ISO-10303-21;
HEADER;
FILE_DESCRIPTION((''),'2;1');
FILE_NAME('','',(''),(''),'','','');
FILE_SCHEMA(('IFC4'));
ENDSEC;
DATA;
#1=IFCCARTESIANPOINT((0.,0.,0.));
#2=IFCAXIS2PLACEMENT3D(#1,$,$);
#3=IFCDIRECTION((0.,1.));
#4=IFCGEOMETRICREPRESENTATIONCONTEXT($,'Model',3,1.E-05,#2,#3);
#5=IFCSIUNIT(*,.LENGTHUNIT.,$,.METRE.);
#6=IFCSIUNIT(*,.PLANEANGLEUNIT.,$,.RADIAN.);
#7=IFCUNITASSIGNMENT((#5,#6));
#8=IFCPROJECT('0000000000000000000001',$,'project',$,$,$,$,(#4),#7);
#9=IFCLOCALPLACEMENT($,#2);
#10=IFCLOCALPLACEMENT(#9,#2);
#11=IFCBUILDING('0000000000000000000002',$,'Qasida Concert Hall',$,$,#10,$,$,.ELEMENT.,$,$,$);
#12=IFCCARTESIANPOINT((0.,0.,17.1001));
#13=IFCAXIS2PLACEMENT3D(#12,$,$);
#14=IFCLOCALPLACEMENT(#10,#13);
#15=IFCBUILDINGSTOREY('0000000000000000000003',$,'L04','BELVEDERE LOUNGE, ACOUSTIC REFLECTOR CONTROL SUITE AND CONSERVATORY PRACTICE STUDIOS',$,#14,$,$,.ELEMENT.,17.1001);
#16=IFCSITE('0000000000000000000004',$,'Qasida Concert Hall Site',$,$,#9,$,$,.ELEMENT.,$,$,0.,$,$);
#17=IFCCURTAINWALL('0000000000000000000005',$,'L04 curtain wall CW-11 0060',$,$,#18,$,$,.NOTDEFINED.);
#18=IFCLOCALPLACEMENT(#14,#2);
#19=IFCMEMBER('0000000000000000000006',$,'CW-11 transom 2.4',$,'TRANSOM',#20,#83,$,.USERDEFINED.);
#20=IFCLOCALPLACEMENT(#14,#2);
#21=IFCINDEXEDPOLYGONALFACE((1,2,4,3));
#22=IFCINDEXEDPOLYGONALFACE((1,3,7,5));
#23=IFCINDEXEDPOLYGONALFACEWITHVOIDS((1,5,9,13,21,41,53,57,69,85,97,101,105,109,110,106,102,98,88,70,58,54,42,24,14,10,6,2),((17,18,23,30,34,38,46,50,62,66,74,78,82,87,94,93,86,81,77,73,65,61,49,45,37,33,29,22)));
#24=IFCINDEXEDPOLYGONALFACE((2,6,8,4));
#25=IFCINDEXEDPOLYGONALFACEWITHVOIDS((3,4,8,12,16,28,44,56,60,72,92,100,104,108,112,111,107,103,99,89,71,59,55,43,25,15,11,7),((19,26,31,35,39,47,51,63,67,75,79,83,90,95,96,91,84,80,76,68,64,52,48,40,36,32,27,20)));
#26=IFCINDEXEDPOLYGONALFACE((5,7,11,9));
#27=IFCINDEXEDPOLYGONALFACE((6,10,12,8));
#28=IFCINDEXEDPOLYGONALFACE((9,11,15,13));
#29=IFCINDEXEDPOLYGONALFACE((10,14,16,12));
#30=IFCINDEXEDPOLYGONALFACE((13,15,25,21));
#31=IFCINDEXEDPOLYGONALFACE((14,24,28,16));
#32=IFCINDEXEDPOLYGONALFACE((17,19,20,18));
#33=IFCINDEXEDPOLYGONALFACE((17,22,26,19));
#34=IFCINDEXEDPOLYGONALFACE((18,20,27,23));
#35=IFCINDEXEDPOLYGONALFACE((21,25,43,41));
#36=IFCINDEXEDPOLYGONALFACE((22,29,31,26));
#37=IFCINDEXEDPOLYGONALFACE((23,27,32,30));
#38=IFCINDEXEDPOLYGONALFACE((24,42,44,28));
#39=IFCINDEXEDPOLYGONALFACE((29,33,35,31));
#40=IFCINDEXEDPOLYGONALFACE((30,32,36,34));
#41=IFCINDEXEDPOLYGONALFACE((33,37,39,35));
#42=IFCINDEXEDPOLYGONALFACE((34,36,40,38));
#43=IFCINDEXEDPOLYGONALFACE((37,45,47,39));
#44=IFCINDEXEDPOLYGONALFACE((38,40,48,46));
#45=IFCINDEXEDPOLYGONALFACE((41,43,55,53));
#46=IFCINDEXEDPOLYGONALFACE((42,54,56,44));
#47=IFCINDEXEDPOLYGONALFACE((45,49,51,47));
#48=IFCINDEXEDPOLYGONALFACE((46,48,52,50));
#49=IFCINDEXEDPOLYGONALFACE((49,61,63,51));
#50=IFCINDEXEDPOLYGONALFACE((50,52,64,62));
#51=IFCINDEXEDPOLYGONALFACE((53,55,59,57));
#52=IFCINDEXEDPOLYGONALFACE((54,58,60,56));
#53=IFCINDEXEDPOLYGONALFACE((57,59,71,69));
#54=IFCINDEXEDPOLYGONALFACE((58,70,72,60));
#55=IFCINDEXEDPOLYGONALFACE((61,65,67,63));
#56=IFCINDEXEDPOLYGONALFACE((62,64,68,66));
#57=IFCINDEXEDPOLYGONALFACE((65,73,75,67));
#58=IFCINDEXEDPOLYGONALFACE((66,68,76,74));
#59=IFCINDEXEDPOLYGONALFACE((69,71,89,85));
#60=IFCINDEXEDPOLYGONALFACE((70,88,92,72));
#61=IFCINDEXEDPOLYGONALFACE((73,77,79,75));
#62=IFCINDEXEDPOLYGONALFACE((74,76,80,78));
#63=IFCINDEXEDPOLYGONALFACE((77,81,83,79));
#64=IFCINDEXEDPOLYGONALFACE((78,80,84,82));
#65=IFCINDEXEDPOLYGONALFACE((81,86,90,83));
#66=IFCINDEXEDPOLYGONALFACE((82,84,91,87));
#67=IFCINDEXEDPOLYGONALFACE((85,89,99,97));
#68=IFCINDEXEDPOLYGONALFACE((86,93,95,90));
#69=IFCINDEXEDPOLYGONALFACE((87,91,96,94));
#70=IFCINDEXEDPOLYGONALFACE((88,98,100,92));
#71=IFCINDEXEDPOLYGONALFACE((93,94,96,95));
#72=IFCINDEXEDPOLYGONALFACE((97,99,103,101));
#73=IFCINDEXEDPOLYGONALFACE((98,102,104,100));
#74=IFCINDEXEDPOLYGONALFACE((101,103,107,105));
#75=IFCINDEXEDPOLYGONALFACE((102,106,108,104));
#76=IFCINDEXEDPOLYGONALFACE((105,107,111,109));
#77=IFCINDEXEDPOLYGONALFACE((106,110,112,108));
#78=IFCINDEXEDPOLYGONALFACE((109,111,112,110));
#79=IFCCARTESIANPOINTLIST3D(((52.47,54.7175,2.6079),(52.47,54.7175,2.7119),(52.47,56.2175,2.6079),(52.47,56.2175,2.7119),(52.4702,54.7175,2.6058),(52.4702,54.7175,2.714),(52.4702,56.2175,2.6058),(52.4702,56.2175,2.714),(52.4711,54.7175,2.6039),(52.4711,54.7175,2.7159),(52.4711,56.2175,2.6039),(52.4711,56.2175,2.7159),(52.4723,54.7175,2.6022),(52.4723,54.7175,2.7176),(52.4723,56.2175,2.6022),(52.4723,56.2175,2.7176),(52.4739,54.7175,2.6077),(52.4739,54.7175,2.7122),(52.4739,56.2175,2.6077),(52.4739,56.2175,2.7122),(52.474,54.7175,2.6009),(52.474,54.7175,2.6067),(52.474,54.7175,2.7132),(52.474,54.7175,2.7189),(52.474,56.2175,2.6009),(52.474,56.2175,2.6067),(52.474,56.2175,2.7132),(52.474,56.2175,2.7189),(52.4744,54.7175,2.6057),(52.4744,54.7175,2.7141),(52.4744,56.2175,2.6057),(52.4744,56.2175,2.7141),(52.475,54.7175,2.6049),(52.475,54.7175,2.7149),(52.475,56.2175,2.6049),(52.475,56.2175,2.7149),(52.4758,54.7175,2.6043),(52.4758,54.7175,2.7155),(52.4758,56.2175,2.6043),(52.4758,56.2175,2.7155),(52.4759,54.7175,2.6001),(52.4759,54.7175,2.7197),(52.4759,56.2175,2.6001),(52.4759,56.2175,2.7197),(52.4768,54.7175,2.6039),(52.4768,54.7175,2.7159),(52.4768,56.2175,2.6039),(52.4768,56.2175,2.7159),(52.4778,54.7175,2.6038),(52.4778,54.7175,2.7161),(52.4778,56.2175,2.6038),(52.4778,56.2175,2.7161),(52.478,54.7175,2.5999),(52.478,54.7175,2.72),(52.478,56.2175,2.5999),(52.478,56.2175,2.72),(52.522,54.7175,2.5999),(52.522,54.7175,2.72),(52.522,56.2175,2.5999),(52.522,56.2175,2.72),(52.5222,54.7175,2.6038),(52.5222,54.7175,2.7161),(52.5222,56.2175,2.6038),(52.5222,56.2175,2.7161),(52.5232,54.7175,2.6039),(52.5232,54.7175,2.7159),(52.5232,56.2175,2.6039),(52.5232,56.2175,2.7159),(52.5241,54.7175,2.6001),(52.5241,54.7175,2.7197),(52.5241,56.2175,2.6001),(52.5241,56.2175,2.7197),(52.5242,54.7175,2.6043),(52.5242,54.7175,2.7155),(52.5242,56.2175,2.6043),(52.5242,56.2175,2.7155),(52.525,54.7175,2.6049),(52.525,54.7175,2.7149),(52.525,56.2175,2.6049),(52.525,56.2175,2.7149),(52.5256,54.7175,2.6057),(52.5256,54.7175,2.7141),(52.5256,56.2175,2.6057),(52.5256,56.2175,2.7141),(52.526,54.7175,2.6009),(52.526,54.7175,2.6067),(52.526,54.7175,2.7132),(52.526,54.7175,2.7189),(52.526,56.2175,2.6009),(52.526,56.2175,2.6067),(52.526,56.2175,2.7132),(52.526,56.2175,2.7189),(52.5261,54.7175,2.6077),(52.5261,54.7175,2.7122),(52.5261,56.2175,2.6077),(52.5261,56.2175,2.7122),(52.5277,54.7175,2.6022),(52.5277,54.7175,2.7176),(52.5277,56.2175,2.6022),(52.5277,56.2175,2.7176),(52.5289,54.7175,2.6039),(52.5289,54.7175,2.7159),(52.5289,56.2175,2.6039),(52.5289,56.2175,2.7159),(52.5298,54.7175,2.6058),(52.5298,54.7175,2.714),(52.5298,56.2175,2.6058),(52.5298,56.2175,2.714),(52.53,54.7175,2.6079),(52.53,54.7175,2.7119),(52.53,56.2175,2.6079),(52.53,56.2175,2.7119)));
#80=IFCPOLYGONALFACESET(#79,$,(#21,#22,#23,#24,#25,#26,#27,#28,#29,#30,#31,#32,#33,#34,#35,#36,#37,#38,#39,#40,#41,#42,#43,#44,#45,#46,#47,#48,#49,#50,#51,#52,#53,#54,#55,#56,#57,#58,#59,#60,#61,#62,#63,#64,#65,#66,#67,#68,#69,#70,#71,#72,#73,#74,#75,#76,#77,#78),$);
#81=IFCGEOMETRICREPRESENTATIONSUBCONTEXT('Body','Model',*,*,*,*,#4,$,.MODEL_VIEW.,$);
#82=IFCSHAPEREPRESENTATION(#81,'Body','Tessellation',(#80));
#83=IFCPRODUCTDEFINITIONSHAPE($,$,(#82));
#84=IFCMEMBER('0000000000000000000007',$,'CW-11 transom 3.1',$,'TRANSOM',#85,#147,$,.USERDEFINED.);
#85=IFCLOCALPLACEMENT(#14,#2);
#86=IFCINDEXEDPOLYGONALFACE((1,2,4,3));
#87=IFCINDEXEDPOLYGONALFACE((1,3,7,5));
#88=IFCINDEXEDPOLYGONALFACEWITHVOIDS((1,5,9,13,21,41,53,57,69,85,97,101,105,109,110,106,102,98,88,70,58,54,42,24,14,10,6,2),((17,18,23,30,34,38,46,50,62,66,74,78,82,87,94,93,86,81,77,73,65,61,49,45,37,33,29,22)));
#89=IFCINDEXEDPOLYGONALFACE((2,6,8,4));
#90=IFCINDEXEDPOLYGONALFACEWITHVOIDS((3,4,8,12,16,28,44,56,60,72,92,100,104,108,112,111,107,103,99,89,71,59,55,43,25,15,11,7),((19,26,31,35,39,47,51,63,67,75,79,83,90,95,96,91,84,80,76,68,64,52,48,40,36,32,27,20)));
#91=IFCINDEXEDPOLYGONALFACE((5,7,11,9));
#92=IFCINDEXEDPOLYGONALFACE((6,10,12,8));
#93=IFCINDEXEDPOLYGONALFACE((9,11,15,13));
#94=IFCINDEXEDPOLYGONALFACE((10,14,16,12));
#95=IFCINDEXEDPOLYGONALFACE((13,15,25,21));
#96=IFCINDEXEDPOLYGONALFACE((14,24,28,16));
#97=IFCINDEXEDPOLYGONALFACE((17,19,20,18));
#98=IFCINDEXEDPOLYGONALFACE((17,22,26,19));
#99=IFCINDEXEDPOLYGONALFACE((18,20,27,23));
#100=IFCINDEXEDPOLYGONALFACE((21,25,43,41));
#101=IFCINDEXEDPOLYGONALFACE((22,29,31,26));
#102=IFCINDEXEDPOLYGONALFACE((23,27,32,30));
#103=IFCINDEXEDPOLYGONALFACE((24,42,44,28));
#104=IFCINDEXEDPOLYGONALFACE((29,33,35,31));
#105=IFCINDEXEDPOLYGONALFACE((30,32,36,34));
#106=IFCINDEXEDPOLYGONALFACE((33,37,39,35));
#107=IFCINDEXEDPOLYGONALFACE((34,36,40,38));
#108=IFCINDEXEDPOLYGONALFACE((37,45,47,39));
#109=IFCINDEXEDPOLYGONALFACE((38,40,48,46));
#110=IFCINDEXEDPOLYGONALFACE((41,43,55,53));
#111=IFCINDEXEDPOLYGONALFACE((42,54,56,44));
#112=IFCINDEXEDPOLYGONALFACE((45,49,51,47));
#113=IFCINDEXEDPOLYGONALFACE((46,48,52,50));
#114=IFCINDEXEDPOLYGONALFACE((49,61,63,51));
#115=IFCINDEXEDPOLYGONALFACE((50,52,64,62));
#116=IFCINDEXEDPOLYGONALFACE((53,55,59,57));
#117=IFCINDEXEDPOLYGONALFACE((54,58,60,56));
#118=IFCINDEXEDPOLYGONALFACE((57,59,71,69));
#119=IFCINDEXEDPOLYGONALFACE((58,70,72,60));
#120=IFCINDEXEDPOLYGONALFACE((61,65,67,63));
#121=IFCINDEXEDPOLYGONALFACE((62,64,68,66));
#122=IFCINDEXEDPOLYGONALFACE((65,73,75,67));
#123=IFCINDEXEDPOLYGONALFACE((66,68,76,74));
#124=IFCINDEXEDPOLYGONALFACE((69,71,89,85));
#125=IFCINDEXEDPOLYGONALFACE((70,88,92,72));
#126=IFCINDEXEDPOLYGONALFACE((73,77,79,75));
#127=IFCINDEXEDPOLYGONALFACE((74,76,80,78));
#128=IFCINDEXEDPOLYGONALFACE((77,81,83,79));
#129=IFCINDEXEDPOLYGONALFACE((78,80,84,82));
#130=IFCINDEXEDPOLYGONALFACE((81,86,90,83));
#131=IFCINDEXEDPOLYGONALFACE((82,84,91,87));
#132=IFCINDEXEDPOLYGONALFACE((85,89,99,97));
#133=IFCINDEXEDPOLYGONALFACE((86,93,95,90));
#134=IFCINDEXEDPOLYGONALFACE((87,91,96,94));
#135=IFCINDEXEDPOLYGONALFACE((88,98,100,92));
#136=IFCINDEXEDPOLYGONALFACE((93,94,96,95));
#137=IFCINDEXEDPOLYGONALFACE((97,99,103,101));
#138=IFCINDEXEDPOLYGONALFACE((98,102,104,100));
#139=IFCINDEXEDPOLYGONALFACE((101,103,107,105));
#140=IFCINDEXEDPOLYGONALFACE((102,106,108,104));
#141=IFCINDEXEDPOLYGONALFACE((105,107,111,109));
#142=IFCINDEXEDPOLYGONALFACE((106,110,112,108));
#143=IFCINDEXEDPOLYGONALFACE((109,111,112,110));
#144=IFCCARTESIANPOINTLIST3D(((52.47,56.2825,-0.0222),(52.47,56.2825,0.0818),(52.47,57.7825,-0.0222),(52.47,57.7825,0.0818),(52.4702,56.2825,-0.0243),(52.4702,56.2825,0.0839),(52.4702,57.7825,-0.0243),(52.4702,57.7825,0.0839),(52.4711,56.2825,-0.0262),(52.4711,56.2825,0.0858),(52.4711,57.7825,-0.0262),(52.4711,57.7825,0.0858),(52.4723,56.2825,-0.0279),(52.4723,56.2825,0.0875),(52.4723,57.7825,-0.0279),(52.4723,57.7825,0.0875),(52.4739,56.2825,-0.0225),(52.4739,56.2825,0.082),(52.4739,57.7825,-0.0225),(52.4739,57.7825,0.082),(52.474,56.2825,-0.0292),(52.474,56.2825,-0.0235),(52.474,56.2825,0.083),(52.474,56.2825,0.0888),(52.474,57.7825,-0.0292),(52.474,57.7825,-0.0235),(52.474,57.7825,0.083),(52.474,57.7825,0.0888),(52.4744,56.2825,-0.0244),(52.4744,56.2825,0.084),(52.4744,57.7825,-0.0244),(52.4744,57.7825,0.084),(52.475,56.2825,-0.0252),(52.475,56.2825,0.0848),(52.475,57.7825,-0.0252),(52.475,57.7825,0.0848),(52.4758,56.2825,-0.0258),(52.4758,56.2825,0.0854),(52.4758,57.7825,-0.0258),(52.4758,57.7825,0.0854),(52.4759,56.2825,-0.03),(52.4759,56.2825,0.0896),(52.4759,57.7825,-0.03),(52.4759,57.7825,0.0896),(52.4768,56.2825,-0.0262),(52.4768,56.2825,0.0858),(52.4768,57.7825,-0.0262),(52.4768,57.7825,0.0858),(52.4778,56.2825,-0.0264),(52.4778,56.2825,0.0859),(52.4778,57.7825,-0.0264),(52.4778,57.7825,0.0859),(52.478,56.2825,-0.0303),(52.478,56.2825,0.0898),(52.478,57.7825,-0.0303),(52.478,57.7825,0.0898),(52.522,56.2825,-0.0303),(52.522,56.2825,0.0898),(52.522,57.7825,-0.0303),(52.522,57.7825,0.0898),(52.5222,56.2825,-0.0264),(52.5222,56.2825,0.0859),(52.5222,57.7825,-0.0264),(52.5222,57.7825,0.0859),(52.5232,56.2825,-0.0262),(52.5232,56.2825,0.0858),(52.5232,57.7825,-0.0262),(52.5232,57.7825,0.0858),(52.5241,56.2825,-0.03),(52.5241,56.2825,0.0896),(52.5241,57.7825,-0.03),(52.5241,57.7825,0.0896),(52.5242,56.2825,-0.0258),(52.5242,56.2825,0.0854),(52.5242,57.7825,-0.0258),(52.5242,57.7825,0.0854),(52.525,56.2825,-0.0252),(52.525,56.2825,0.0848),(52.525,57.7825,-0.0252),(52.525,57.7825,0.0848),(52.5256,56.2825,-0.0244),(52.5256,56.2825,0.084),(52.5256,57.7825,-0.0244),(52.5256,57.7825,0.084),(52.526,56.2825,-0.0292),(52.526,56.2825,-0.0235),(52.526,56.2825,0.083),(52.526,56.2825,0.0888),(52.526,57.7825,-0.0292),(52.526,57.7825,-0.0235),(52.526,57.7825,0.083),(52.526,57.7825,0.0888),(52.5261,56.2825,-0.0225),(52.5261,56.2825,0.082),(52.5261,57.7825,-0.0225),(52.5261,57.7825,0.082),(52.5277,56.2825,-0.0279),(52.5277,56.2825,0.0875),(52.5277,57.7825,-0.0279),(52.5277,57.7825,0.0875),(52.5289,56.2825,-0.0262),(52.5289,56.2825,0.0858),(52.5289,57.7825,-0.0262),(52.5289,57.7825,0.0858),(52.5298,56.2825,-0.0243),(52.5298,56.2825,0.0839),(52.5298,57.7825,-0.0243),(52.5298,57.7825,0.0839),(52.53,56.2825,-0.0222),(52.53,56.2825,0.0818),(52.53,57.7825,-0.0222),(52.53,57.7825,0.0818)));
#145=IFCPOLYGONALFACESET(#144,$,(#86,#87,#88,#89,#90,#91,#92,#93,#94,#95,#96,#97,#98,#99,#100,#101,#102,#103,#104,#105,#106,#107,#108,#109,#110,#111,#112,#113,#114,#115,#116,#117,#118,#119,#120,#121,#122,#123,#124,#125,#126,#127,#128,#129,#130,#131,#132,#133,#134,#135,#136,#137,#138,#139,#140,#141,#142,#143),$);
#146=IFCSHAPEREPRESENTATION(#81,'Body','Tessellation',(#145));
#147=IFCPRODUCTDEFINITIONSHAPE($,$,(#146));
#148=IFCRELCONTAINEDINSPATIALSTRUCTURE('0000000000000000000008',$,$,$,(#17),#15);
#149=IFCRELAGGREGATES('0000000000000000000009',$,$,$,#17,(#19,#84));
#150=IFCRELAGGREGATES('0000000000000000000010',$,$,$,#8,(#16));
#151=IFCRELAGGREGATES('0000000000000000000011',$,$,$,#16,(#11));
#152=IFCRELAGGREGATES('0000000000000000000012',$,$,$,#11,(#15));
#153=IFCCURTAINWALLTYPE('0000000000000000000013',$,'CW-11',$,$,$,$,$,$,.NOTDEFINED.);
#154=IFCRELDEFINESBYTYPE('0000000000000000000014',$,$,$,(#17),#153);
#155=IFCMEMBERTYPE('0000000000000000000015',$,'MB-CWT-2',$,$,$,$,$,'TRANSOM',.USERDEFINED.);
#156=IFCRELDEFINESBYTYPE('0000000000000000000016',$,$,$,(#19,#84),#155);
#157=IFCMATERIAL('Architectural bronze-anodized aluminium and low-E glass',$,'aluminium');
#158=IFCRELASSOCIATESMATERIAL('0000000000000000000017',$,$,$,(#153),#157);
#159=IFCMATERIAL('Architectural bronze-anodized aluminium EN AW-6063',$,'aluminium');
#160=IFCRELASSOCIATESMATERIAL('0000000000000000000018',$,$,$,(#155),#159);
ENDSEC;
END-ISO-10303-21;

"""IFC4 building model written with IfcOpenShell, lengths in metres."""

from ifc_helpers import new_model, si_unit, direction, frame, origin, origin_2d, place, context, subcontext, project, spatial, hollow_rectangle, extrude, material, material_profile, profile_set, type_object, element, aggregate, save


model = new_model("IFC4")

# Units and contexts
model_context = context("Model", 3, precision=1e-05, world=origin(), true_north=direction((0.0, 1.0)))
body_context = subcontext(model_context, "Body", "Model", "MODEL_VIEW")
ifc_project = project(units=[si_unit("LENGTHUNIT", "METRE"), si_unit("PLANEANGLEUNIT", "RADIAN")], contexts=[model_context])

# Site, building, storey
site_placement = place(None, origin())
site = spatial("IfcSite", under=ifc_project, at=site_placement, Name="Qasida Concert Hall Site", CompositionType="ELEMENT", RefElevation=0.0)
building_placement = place(site_placement, origin())
building = spatial("IfcBuilding", under=site, at=building_placement, Name="Qasida Concert Hall", CompositionType="ELEMENT")
storey_placement = place(building_placement, frame((0.0, 0.0, 17.1001)))
storey = spatial("IfcBuildingStorey", under=building, at=storey_placement, Name="L04", Description="BELVEDERE LOUNGE, ACOUSTIC REFLECTOR CONTROL SUITE AND CONSERVATORY PRACTICE STUDIOS", CompositionType="ELEMENT", Elevation=17.1001)

# Curtain wall, members
ifc_material_1 = material(Name="Architectural bronze-anodized aluminium and low-E glass", Category="aluminium")
curtain_wall_type = type_object("IfcCurtainWallType", Name="CW-11", PredefinedType="NOTDEFINED", material=ifc_material_1)
curtain_wall_placement = place(storey_placement, origin())
curtain_wall = element("IfcCurtainWall", 1, at=curtain_wall_placement, inside=storey, type_object=curtain_wall_type, Name="L04 curtain wall CW-11 0060", PredefinedType="NOTDEFINED")
ifc_material_2 = material(Name="Architectural bronze-anodized aluminium EN AW-6063", Category="aluminium")
ifc_material_profile_1 = material_profile(ifc_material_2, hollow_rectangle(XDim=0.0601, YDim=0.1201, WallThickness=0.0039, InnerFilletRadius=0.0039, OuterFilletRadius=0.0081, at=origin_2d()), Name="CWT 120x60x4")
ifc_profile_set_1 = profile_set([ifc_material_profile_1], Name="Architectural bronze-anodized aluminium EN AW-6063")
member_type_1 = type_object("IfcMemberType", Name="MB-CWT-2", ElementType="TRANSOM", PredefinedType="USERDEFINED", material=ifc_profile_set_1)
member_1_placement = place(storey_placement, frame((52.5, 54.7175, 2.6599), z_axis=(0.0, 1.0, 0.0), x_axis=(-1.0, 0.0, 0.0)))
member_1 = element("IfcMember", 2, at=member_1_placement, type_object=member_type_1, Name="CW-11 transom 2.4", ObjectType="TRANSOM", PredefinedType="USERDEFINED", context=body_context, shape_type="SweptSolid", body=[
    extrude(hollow_rectangle(XDim=0.0601, YDim=0.1201, WallThickness=0.0039, InnerFilletRadius=0.0039, OuterFilletRadius=0.0081, at=origin_2d()), origin(), (0.0, 0.0, 1.0), 1.5),
])
member_2_placement = place(storey_placement, frame((52.5, 56.2825, 0.0298), z_axis=(0.0, 1.0, 0.0), x_axis=(-1.0, 0.0, 0.0)))
member_2 = element("IfcMember", 3, at=member_2_placement, type_object=member_type_1, Name="CW-11 transom 3.1", ObjectType="TRANSOM", PredefinedType="USERDEFINED", context=body_context, shape_type="SweptSolid", body=[
    extrude(hollow_rectangle(XDim=0.0601, YDim=0.1201, WallThickness=0.0039, InnerFilletRadius=0.0039, OuterFilletRadius=0.0081, at=origin_2d()), origin(), (0.0, 0.0, 1.0), 1.5),
])
aggregate(curtain_wall, [member_1, member_2])

save(model, "model.ifc")
